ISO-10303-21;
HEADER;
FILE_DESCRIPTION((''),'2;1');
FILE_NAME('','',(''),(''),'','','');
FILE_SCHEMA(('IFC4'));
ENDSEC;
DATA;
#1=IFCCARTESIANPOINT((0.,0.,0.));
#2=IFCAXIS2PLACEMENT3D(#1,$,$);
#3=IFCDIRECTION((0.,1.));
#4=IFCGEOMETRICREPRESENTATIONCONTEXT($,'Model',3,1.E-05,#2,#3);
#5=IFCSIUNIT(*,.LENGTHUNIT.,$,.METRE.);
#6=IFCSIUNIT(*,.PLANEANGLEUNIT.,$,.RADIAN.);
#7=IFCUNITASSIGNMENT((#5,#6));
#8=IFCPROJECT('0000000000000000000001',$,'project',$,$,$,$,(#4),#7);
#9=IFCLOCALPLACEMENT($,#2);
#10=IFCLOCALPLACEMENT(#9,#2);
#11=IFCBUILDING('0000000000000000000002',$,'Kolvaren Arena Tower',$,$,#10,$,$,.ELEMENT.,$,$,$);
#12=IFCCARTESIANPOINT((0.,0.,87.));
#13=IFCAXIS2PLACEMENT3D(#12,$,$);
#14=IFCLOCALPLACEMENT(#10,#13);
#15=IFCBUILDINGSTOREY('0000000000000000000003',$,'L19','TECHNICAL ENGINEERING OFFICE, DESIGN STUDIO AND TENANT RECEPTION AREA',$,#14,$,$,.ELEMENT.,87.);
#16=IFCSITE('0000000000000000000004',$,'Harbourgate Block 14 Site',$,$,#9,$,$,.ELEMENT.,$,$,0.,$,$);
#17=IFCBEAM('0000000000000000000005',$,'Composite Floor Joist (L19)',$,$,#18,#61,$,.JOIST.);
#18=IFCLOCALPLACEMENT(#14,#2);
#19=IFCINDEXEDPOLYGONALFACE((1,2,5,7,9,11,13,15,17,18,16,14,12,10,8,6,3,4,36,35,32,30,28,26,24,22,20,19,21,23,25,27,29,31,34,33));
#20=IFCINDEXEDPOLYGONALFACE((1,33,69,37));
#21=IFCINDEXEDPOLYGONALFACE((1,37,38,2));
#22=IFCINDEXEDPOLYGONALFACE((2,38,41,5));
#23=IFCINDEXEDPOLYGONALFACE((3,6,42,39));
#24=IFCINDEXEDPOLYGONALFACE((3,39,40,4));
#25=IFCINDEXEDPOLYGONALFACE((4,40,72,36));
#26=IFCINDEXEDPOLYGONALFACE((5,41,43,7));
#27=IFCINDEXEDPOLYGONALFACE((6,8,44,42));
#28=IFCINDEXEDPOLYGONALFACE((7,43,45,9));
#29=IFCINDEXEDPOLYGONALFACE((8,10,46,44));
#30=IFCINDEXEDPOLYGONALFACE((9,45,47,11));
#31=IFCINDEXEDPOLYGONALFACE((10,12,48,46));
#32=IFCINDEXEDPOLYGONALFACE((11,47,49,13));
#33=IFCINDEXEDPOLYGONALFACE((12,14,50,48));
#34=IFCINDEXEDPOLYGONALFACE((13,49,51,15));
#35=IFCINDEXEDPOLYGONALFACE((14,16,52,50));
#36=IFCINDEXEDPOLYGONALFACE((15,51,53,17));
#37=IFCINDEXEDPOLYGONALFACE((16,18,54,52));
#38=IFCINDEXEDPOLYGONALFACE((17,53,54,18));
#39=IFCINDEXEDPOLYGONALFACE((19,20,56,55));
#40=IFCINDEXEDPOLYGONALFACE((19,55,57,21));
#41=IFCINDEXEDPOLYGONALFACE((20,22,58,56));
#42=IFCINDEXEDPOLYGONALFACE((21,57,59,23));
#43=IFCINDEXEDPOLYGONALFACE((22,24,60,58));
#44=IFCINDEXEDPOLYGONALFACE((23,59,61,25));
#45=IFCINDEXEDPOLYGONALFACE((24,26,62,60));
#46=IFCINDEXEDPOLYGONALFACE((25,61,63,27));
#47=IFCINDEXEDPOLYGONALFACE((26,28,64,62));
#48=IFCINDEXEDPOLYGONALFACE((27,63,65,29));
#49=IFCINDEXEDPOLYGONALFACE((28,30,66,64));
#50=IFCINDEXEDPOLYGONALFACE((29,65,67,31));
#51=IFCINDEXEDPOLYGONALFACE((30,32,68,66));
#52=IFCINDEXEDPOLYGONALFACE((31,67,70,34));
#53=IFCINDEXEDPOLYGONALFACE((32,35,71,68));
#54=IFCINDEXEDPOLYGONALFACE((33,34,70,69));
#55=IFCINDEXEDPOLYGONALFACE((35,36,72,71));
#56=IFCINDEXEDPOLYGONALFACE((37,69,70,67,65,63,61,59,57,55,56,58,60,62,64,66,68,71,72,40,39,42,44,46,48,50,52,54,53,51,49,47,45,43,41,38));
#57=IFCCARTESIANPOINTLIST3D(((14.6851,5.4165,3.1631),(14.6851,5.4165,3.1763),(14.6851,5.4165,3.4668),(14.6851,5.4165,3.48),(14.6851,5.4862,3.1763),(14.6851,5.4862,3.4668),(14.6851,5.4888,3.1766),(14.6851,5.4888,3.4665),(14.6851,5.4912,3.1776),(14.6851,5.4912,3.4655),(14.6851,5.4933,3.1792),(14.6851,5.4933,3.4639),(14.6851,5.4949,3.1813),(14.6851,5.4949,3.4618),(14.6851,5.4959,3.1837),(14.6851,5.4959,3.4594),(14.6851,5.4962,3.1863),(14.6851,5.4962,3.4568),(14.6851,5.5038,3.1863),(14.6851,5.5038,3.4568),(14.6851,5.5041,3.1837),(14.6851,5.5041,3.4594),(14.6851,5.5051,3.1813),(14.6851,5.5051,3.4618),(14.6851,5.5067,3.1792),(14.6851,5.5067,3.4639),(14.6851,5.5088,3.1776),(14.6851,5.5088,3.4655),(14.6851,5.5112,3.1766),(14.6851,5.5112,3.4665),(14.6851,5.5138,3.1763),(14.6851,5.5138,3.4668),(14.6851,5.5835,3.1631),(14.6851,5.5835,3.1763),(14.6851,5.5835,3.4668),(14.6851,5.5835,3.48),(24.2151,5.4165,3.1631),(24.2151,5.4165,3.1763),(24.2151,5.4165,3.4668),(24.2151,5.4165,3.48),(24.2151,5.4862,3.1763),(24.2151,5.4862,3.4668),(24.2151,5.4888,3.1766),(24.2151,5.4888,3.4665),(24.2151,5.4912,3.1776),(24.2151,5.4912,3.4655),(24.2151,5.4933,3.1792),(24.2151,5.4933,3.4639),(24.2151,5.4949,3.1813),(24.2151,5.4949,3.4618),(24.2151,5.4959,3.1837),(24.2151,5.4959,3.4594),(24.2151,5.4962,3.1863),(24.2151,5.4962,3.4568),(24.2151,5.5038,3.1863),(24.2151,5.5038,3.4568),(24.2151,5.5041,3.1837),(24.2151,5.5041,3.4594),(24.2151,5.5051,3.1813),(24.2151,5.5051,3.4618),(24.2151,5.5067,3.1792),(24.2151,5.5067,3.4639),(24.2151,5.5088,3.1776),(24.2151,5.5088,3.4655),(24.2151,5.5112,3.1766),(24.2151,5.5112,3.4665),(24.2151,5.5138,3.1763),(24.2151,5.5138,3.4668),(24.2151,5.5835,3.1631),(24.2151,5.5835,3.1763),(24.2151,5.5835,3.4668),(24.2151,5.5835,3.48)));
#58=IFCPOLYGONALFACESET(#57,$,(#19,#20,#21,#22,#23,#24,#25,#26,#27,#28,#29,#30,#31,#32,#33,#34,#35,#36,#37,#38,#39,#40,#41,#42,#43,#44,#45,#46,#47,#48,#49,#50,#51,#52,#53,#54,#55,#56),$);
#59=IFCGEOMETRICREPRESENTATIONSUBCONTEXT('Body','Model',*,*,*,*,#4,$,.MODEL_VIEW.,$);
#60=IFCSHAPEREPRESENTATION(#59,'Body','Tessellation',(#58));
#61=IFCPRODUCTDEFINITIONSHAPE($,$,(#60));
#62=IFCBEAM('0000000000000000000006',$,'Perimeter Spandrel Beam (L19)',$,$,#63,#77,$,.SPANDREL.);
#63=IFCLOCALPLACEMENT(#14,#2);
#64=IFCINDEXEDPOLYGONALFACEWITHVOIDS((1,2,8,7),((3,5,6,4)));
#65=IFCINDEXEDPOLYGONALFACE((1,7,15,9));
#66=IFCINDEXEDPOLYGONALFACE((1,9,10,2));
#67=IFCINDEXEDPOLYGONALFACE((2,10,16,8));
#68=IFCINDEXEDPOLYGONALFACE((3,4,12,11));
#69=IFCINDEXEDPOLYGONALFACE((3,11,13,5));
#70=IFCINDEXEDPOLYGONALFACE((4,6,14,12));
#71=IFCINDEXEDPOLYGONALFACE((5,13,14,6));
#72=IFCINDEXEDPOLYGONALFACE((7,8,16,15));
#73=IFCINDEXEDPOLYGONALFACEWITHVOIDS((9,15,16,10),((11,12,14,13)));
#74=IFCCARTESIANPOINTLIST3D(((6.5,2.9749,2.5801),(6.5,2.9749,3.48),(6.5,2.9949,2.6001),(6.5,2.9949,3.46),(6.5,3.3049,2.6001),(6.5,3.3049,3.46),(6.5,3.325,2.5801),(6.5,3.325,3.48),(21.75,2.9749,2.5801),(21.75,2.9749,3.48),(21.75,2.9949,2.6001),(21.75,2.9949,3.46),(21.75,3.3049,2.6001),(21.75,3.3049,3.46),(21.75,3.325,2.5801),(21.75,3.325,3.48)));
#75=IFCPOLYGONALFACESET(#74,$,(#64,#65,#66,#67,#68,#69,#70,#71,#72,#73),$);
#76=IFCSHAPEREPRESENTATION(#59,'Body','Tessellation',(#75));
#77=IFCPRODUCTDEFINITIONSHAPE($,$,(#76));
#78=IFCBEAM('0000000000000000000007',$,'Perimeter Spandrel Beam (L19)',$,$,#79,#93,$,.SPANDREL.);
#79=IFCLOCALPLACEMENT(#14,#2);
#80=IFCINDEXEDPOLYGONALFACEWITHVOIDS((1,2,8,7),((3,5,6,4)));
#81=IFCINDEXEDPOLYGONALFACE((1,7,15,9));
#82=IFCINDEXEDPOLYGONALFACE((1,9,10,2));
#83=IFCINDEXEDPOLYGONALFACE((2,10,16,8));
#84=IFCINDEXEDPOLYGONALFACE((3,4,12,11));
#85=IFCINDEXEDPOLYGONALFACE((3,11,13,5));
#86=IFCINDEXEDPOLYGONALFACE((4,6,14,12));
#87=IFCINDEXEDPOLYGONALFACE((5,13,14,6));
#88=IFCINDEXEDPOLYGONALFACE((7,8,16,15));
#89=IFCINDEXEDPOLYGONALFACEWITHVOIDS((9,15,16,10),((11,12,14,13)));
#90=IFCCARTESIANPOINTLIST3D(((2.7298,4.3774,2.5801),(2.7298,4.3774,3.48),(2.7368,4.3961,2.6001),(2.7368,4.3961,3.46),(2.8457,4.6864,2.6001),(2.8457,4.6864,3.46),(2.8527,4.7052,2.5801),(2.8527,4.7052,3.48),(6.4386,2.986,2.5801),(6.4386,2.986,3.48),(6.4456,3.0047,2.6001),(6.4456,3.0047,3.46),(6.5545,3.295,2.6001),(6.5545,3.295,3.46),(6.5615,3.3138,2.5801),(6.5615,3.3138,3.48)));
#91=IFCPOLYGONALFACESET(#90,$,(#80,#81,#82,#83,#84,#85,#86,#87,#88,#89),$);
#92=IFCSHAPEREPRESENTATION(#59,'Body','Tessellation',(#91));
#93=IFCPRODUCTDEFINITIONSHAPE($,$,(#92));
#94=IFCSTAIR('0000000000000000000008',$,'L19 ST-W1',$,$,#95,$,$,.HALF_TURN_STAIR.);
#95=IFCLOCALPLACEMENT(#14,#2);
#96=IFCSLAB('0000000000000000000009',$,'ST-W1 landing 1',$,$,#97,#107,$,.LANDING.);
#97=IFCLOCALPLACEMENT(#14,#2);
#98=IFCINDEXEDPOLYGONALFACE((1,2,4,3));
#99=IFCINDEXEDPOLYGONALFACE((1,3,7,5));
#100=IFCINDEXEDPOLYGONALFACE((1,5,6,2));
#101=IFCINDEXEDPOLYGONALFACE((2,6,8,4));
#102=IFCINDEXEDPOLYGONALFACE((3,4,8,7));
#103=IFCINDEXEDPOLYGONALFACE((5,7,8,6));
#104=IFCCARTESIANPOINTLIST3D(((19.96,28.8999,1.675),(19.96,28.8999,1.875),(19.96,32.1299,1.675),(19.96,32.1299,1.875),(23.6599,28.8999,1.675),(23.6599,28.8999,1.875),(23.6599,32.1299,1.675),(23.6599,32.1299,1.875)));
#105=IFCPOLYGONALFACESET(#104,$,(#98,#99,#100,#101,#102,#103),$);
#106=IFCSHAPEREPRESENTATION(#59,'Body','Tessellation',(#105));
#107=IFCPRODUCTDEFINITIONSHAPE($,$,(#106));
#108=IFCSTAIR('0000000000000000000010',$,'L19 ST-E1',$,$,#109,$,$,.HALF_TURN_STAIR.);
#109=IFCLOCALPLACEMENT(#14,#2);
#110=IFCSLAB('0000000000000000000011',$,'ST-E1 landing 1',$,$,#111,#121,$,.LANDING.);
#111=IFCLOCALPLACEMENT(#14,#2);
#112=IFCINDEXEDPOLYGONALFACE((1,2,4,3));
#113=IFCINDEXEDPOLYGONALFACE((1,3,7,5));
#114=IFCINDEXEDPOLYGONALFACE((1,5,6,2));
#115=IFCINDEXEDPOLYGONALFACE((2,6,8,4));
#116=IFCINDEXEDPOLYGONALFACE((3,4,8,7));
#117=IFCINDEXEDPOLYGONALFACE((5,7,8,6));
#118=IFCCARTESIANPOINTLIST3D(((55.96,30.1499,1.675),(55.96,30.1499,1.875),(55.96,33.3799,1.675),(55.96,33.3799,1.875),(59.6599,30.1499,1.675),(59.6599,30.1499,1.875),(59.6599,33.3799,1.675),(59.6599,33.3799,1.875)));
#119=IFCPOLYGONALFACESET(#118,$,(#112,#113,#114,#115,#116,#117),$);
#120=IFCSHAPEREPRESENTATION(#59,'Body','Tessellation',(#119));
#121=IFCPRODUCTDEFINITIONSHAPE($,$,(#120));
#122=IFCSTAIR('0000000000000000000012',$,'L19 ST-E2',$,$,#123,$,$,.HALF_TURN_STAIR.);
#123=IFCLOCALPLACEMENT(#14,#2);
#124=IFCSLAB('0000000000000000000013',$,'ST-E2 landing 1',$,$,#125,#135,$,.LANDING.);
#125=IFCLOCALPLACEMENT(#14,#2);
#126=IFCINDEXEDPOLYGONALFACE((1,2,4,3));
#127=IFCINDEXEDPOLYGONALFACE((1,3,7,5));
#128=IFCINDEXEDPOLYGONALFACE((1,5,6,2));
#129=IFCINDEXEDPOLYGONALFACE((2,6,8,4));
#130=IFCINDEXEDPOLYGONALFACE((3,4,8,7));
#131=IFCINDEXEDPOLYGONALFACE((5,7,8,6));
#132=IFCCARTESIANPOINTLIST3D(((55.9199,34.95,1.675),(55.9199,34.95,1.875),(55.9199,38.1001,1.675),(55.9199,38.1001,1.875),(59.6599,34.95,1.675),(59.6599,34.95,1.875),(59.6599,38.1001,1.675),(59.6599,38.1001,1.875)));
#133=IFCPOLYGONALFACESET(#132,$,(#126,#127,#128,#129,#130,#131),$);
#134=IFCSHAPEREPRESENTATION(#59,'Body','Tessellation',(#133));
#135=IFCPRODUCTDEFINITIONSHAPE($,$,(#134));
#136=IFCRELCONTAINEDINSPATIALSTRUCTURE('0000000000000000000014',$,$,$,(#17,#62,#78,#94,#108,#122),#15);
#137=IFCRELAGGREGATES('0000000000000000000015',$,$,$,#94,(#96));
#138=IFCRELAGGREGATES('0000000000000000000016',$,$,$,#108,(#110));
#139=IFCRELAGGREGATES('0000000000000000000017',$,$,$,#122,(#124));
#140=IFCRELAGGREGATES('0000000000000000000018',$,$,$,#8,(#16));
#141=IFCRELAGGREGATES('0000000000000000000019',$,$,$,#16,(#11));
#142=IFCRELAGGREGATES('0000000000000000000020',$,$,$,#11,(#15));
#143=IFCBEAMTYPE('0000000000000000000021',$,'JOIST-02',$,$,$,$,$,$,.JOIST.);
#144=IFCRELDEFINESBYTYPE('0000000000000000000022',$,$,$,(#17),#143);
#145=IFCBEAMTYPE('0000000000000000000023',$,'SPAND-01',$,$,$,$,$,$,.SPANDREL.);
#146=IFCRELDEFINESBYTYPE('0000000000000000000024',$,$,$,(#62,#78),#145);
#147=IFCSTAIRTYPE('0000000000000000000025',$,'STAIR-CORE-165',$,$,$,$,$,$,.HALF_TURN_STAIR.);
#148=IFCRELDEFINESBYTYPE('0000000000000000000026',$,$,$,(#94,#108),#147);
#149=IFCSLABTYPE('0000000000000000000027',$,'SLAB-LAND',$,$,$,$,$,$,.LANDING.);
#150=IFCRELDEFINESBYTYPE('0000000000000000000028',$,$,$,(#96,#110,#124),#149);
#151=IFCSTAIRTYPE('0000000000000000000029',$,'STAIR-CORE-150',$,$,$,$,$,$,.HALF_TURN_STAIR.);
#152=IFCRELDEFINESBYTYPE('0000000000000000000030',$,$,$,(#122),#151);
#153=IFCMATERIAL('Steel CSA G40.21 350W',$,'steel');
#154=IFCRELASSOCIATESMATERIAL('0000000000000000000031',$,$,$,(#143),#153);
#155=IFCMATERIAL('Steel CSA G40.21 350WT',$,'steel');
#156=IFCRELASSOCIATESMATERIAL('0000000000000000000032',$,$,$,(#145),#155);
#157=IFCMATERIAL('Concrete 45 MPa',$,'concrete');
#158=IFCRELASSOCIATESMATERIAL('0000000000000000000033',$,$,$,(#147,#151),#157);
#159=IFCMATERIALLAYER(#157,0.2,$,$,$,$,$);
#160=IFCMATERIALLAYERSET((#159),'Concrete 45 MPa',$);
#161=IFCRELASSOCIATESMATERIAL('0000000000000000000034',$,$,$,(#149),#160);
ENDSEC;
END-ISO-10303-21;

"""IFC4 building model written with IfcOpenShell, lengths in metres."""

from ifc_helpers import new_model, si_unit, direction, frame, origin, origin_2d, place, context, subcontext, project, spatial, polyline, hollow_rectangle, i_section, outline, extrude, material, layer, layer_set, material_profile, profile_set, type_object, element, aggregate, save


model = new_model("IFC4")

# Units and contexts
model_context = context("Model", 3, precision=1e-05, world=origin(), true_north=direction((0.0, 1.0)))
body_context = subcontext(model_context, "Body", "Model", "MODEL_VIEW")
ifc_project = project(units=[si_unit("LENGTHUNIT", "METRE"), si_unit("PLANEANGLEUNIT", "RADIAN")], contexts=[model_context])

# Site, building, storey
site_placement = place(None, origin())
site = spatial("IfcSite", under=ifc_project, at=site_placement, Name="Harbourgate Block 14 Site", CompositionType="ELEMENT", RefElevation=0.0)
building_placement = place(site_placement, origin())
building = spatial("IfcBuilding", under=site, at=building_placement, Name="Kolvaren Arena Tower", CompositionType="ELEMENT")
storey_placement = place(building_placement, frame((0.0, 0.0, 87.0)))
storey = spatial("IfcBuildingStorey", under=building, at=storey_placement, Name="L19", Description="TECHNICAL ENGINEERING OFFICE, DESIGN STUDIO AND TENANT RECEPTION AREA", CompositionType="ELEMENT", Elevation=87.0)

# Beams
ifc_material_1 = material(Name="Steel CSA G40.21 350W", Category="steel")
ifc_material_profile_1 = material_profile(ifc_material_1, i_section(OverallWidth=0.167, OverallDepth=0.3169, WebThickness=0.0076, FlangeThickness=0.0132, FilletRadius=0.01, at=origin_2d()), Name="W310x52")
ifc_profile_set_1 = profile_set([ifc_material_profile_1], Name="Steel CSA G40.21 350W")
beam_type_1 = type_object("IfcBeamType", Name="JOIST-02", PredefinedType="JOIST", material=ifc_profile_set_1)
beam_1_placement = place(storey_placement, frame((14.6851, 5.5, 3.3215), z_axis=(1.0, 0.0, 0.0), x_axis=(0.0, 1.0, 0.0)))
element("IfcBeam", 1, at=beam_1_placement, inside=storey, type_object=beam_type_1, Name="Composite Floor Joist (L19)", PredefinedType="JOIST", context=body_context, shape_type="SweptSolid", body=[
    extrude(i_section(OverallWidth=0.167, OverallDepth=0.3169, WebThickness=0.0076, FlangeThickness=0.0132, FilletRadius=0.01, at=origin_2d()), origin(), (0.0, 0.0, 1.0), 9.53),
])
ifc_material_2 = material(Name="Steel CSA G40.21 350WT", Category="steel")
ifc_material_profile_2 = material_profile(ifc_material_2, hollow_rectangle(XDim=0.3501, YDim=0.8999, WallThickness=0.02, at=origin_2d()), Name="HSS 900x350x20")
ifc_profile_set_2 = profile_set([ifc_material_profile_2], Name="Steel CSA G40.21 350WT")
beam_type_2 = type_object("IfcBeamType", Name="SPAND-01", PredefinedType="SPANDREL", material=ifc_profile_set_2)
beam_2_placement = place(storey_placement, frame((6.5, 3.1499, 3.03), z_axis=(1.0, 0.0, 0.0), x_axis=(0.0, 1.0, 0.0)))
element("IfcBeam", 2, at=beam_2_placement, inside=storey, type_object=beam_type_2, Name="Perimeter Spandrel Beam (L19)", PredefinedType="SPANDREL", context=body_context, shape_type="SweptSolid", body=[
    extrude(hollow_rectangle(XDim=0.3501, YDim=0.8999, WallThickness=0.02, at=origin_2d()), origin(), (0.0, 0.0, 1.0), 15.25),
])
beam_3_placement = place(storey_placement, frame((2.7913, 4.5413, 3.03), z_axis=(0.936281, -0.351252, 0.0), x_axis=(0.351252, 0.936281, 0.0)))
element("IfcBeam", 3, at=beam_3_placement, inside=storey, type_object=beam_type_2, Name="Perimeter Spandrel Beam (L19)", PredefinedType="SPANDREL", context=body_context, shape_type="SweptSolid", body=[
    extrude(hollow_rectangle(XDim=0.3501, YDim=0.8999, WallThickness=0.02, at=origin_2d()), origin(), (0.0, 0.0, 1.0), 3.9612),
])

# Stairs, slabs
ifc_material_3 = material(Name="Concrete 45 MPa", Category="concrete")
stair_type_1 = type_object("IfcStairType", Name="STAIR-CORE-165", PredefinedType="HALF_TURN_STAIR", material=ifc_material_3)
stair_1_placement = place(storey_placement, origin())
stair_1 = element("IfcStair", 4, at=stair_1_placement, inside=storey, type_object=stair_type_1, Name="L19 ST-W1", PredefinedType="HALF_TURN_STAIR")
ifc_layer_1 = layer(ifc_material_3, 0.2)
ifc_layer_set_1 = layer_set([ifc_layer_1], Name="Concrete 45 MPa")
slab_type_1 = type_object("IfcSlabType", Name="SLAB-LAND", PredefinedType="LANDING", material=ifc_layer_set_1)
slab_1_placement = place(storey_placement, frame((0.0, 0.0, 1.675)))
slab_1 = element("IfcSlab", 5, at=slab_1_placement, type_object=slab_type_1, Name="ST-W1 landing 1", PredefinedType="LANDING", context=body_context, shape_type="SweptSolid", body=[
    extrude(outline(polyline([(19.96, 28.8999), (23.6599, 28.8999), (23.6599, 32.1299), (19.96, 32.1299), (19.96, 28.8999)])), origin(), (0.0, 0.0, 1.0), 0.2),
])
aggregate(stair_1, [slab_1])
stair_2_placement = place(storey_placement, origin())
stair_2 = element("IfcStair", 6, at=stair_2_placement, inside=storey, type_object=stair_type_1, Name="L19 ST-E1", PredefinedType="HALF_TURN_STAIR")
slab_2_placement = place(storey_placement, frame((0.0, 0.0, 1.675)))
slab_2 = element("IfcSlab", 7, at=slab_2_placement, type_object=slab_type_1, Name="ST-E1 landing 1", PredefinedType="LANDING", context=body_context, shape_type="SweptSolid", body=[
    extrude(outline(polyline([(55.96, 30.1499), (59.6599, 30.1499), (59.6599, 33.3799), (55.96, 33.3799), (55.96, 30.1499)])), origin(), (0.0, 0.0, 1.0), 0.2),
])
aggregate(stair_2, [slab_2])
stair_type_2 = type_object("IfcStairType", Name="STAIR-CORE-150", PredefinedType="HALF_TURN_STAIR", material=ifc_material_3)
stair_3_placement = place(storey_placement, origin())
stair_3 = element("IfcStair", 8, at=stair_3_placement, inside=storey, type_object=stair_type_2, Name="L19 ST-E2", PredefinedType="HALF_TURN_STAIR")
slab_3_placement = place(storey_placement, frame((0.0, 0.0, 1.675)))
slab_3 = element("IfcSlab", 9, at=slab_3_placement, type_object=slab_type_1, Name="ST-E2 landing 1", PredefinedType="LANDING", context=body_context, shape_type="SweptSolid", body=[
    extrude(outline(polyline([(55.9199, 34.95), (59.6599, 34.95), (59.6599, 38.1001), (55.9199, 38.1001), (55.9199, 34.95)])), origin(), (0.0, 0.0, 1.0), 0.2),
])
aggregate(stair_3, [slab_3])

save(model, "model.ifc")
